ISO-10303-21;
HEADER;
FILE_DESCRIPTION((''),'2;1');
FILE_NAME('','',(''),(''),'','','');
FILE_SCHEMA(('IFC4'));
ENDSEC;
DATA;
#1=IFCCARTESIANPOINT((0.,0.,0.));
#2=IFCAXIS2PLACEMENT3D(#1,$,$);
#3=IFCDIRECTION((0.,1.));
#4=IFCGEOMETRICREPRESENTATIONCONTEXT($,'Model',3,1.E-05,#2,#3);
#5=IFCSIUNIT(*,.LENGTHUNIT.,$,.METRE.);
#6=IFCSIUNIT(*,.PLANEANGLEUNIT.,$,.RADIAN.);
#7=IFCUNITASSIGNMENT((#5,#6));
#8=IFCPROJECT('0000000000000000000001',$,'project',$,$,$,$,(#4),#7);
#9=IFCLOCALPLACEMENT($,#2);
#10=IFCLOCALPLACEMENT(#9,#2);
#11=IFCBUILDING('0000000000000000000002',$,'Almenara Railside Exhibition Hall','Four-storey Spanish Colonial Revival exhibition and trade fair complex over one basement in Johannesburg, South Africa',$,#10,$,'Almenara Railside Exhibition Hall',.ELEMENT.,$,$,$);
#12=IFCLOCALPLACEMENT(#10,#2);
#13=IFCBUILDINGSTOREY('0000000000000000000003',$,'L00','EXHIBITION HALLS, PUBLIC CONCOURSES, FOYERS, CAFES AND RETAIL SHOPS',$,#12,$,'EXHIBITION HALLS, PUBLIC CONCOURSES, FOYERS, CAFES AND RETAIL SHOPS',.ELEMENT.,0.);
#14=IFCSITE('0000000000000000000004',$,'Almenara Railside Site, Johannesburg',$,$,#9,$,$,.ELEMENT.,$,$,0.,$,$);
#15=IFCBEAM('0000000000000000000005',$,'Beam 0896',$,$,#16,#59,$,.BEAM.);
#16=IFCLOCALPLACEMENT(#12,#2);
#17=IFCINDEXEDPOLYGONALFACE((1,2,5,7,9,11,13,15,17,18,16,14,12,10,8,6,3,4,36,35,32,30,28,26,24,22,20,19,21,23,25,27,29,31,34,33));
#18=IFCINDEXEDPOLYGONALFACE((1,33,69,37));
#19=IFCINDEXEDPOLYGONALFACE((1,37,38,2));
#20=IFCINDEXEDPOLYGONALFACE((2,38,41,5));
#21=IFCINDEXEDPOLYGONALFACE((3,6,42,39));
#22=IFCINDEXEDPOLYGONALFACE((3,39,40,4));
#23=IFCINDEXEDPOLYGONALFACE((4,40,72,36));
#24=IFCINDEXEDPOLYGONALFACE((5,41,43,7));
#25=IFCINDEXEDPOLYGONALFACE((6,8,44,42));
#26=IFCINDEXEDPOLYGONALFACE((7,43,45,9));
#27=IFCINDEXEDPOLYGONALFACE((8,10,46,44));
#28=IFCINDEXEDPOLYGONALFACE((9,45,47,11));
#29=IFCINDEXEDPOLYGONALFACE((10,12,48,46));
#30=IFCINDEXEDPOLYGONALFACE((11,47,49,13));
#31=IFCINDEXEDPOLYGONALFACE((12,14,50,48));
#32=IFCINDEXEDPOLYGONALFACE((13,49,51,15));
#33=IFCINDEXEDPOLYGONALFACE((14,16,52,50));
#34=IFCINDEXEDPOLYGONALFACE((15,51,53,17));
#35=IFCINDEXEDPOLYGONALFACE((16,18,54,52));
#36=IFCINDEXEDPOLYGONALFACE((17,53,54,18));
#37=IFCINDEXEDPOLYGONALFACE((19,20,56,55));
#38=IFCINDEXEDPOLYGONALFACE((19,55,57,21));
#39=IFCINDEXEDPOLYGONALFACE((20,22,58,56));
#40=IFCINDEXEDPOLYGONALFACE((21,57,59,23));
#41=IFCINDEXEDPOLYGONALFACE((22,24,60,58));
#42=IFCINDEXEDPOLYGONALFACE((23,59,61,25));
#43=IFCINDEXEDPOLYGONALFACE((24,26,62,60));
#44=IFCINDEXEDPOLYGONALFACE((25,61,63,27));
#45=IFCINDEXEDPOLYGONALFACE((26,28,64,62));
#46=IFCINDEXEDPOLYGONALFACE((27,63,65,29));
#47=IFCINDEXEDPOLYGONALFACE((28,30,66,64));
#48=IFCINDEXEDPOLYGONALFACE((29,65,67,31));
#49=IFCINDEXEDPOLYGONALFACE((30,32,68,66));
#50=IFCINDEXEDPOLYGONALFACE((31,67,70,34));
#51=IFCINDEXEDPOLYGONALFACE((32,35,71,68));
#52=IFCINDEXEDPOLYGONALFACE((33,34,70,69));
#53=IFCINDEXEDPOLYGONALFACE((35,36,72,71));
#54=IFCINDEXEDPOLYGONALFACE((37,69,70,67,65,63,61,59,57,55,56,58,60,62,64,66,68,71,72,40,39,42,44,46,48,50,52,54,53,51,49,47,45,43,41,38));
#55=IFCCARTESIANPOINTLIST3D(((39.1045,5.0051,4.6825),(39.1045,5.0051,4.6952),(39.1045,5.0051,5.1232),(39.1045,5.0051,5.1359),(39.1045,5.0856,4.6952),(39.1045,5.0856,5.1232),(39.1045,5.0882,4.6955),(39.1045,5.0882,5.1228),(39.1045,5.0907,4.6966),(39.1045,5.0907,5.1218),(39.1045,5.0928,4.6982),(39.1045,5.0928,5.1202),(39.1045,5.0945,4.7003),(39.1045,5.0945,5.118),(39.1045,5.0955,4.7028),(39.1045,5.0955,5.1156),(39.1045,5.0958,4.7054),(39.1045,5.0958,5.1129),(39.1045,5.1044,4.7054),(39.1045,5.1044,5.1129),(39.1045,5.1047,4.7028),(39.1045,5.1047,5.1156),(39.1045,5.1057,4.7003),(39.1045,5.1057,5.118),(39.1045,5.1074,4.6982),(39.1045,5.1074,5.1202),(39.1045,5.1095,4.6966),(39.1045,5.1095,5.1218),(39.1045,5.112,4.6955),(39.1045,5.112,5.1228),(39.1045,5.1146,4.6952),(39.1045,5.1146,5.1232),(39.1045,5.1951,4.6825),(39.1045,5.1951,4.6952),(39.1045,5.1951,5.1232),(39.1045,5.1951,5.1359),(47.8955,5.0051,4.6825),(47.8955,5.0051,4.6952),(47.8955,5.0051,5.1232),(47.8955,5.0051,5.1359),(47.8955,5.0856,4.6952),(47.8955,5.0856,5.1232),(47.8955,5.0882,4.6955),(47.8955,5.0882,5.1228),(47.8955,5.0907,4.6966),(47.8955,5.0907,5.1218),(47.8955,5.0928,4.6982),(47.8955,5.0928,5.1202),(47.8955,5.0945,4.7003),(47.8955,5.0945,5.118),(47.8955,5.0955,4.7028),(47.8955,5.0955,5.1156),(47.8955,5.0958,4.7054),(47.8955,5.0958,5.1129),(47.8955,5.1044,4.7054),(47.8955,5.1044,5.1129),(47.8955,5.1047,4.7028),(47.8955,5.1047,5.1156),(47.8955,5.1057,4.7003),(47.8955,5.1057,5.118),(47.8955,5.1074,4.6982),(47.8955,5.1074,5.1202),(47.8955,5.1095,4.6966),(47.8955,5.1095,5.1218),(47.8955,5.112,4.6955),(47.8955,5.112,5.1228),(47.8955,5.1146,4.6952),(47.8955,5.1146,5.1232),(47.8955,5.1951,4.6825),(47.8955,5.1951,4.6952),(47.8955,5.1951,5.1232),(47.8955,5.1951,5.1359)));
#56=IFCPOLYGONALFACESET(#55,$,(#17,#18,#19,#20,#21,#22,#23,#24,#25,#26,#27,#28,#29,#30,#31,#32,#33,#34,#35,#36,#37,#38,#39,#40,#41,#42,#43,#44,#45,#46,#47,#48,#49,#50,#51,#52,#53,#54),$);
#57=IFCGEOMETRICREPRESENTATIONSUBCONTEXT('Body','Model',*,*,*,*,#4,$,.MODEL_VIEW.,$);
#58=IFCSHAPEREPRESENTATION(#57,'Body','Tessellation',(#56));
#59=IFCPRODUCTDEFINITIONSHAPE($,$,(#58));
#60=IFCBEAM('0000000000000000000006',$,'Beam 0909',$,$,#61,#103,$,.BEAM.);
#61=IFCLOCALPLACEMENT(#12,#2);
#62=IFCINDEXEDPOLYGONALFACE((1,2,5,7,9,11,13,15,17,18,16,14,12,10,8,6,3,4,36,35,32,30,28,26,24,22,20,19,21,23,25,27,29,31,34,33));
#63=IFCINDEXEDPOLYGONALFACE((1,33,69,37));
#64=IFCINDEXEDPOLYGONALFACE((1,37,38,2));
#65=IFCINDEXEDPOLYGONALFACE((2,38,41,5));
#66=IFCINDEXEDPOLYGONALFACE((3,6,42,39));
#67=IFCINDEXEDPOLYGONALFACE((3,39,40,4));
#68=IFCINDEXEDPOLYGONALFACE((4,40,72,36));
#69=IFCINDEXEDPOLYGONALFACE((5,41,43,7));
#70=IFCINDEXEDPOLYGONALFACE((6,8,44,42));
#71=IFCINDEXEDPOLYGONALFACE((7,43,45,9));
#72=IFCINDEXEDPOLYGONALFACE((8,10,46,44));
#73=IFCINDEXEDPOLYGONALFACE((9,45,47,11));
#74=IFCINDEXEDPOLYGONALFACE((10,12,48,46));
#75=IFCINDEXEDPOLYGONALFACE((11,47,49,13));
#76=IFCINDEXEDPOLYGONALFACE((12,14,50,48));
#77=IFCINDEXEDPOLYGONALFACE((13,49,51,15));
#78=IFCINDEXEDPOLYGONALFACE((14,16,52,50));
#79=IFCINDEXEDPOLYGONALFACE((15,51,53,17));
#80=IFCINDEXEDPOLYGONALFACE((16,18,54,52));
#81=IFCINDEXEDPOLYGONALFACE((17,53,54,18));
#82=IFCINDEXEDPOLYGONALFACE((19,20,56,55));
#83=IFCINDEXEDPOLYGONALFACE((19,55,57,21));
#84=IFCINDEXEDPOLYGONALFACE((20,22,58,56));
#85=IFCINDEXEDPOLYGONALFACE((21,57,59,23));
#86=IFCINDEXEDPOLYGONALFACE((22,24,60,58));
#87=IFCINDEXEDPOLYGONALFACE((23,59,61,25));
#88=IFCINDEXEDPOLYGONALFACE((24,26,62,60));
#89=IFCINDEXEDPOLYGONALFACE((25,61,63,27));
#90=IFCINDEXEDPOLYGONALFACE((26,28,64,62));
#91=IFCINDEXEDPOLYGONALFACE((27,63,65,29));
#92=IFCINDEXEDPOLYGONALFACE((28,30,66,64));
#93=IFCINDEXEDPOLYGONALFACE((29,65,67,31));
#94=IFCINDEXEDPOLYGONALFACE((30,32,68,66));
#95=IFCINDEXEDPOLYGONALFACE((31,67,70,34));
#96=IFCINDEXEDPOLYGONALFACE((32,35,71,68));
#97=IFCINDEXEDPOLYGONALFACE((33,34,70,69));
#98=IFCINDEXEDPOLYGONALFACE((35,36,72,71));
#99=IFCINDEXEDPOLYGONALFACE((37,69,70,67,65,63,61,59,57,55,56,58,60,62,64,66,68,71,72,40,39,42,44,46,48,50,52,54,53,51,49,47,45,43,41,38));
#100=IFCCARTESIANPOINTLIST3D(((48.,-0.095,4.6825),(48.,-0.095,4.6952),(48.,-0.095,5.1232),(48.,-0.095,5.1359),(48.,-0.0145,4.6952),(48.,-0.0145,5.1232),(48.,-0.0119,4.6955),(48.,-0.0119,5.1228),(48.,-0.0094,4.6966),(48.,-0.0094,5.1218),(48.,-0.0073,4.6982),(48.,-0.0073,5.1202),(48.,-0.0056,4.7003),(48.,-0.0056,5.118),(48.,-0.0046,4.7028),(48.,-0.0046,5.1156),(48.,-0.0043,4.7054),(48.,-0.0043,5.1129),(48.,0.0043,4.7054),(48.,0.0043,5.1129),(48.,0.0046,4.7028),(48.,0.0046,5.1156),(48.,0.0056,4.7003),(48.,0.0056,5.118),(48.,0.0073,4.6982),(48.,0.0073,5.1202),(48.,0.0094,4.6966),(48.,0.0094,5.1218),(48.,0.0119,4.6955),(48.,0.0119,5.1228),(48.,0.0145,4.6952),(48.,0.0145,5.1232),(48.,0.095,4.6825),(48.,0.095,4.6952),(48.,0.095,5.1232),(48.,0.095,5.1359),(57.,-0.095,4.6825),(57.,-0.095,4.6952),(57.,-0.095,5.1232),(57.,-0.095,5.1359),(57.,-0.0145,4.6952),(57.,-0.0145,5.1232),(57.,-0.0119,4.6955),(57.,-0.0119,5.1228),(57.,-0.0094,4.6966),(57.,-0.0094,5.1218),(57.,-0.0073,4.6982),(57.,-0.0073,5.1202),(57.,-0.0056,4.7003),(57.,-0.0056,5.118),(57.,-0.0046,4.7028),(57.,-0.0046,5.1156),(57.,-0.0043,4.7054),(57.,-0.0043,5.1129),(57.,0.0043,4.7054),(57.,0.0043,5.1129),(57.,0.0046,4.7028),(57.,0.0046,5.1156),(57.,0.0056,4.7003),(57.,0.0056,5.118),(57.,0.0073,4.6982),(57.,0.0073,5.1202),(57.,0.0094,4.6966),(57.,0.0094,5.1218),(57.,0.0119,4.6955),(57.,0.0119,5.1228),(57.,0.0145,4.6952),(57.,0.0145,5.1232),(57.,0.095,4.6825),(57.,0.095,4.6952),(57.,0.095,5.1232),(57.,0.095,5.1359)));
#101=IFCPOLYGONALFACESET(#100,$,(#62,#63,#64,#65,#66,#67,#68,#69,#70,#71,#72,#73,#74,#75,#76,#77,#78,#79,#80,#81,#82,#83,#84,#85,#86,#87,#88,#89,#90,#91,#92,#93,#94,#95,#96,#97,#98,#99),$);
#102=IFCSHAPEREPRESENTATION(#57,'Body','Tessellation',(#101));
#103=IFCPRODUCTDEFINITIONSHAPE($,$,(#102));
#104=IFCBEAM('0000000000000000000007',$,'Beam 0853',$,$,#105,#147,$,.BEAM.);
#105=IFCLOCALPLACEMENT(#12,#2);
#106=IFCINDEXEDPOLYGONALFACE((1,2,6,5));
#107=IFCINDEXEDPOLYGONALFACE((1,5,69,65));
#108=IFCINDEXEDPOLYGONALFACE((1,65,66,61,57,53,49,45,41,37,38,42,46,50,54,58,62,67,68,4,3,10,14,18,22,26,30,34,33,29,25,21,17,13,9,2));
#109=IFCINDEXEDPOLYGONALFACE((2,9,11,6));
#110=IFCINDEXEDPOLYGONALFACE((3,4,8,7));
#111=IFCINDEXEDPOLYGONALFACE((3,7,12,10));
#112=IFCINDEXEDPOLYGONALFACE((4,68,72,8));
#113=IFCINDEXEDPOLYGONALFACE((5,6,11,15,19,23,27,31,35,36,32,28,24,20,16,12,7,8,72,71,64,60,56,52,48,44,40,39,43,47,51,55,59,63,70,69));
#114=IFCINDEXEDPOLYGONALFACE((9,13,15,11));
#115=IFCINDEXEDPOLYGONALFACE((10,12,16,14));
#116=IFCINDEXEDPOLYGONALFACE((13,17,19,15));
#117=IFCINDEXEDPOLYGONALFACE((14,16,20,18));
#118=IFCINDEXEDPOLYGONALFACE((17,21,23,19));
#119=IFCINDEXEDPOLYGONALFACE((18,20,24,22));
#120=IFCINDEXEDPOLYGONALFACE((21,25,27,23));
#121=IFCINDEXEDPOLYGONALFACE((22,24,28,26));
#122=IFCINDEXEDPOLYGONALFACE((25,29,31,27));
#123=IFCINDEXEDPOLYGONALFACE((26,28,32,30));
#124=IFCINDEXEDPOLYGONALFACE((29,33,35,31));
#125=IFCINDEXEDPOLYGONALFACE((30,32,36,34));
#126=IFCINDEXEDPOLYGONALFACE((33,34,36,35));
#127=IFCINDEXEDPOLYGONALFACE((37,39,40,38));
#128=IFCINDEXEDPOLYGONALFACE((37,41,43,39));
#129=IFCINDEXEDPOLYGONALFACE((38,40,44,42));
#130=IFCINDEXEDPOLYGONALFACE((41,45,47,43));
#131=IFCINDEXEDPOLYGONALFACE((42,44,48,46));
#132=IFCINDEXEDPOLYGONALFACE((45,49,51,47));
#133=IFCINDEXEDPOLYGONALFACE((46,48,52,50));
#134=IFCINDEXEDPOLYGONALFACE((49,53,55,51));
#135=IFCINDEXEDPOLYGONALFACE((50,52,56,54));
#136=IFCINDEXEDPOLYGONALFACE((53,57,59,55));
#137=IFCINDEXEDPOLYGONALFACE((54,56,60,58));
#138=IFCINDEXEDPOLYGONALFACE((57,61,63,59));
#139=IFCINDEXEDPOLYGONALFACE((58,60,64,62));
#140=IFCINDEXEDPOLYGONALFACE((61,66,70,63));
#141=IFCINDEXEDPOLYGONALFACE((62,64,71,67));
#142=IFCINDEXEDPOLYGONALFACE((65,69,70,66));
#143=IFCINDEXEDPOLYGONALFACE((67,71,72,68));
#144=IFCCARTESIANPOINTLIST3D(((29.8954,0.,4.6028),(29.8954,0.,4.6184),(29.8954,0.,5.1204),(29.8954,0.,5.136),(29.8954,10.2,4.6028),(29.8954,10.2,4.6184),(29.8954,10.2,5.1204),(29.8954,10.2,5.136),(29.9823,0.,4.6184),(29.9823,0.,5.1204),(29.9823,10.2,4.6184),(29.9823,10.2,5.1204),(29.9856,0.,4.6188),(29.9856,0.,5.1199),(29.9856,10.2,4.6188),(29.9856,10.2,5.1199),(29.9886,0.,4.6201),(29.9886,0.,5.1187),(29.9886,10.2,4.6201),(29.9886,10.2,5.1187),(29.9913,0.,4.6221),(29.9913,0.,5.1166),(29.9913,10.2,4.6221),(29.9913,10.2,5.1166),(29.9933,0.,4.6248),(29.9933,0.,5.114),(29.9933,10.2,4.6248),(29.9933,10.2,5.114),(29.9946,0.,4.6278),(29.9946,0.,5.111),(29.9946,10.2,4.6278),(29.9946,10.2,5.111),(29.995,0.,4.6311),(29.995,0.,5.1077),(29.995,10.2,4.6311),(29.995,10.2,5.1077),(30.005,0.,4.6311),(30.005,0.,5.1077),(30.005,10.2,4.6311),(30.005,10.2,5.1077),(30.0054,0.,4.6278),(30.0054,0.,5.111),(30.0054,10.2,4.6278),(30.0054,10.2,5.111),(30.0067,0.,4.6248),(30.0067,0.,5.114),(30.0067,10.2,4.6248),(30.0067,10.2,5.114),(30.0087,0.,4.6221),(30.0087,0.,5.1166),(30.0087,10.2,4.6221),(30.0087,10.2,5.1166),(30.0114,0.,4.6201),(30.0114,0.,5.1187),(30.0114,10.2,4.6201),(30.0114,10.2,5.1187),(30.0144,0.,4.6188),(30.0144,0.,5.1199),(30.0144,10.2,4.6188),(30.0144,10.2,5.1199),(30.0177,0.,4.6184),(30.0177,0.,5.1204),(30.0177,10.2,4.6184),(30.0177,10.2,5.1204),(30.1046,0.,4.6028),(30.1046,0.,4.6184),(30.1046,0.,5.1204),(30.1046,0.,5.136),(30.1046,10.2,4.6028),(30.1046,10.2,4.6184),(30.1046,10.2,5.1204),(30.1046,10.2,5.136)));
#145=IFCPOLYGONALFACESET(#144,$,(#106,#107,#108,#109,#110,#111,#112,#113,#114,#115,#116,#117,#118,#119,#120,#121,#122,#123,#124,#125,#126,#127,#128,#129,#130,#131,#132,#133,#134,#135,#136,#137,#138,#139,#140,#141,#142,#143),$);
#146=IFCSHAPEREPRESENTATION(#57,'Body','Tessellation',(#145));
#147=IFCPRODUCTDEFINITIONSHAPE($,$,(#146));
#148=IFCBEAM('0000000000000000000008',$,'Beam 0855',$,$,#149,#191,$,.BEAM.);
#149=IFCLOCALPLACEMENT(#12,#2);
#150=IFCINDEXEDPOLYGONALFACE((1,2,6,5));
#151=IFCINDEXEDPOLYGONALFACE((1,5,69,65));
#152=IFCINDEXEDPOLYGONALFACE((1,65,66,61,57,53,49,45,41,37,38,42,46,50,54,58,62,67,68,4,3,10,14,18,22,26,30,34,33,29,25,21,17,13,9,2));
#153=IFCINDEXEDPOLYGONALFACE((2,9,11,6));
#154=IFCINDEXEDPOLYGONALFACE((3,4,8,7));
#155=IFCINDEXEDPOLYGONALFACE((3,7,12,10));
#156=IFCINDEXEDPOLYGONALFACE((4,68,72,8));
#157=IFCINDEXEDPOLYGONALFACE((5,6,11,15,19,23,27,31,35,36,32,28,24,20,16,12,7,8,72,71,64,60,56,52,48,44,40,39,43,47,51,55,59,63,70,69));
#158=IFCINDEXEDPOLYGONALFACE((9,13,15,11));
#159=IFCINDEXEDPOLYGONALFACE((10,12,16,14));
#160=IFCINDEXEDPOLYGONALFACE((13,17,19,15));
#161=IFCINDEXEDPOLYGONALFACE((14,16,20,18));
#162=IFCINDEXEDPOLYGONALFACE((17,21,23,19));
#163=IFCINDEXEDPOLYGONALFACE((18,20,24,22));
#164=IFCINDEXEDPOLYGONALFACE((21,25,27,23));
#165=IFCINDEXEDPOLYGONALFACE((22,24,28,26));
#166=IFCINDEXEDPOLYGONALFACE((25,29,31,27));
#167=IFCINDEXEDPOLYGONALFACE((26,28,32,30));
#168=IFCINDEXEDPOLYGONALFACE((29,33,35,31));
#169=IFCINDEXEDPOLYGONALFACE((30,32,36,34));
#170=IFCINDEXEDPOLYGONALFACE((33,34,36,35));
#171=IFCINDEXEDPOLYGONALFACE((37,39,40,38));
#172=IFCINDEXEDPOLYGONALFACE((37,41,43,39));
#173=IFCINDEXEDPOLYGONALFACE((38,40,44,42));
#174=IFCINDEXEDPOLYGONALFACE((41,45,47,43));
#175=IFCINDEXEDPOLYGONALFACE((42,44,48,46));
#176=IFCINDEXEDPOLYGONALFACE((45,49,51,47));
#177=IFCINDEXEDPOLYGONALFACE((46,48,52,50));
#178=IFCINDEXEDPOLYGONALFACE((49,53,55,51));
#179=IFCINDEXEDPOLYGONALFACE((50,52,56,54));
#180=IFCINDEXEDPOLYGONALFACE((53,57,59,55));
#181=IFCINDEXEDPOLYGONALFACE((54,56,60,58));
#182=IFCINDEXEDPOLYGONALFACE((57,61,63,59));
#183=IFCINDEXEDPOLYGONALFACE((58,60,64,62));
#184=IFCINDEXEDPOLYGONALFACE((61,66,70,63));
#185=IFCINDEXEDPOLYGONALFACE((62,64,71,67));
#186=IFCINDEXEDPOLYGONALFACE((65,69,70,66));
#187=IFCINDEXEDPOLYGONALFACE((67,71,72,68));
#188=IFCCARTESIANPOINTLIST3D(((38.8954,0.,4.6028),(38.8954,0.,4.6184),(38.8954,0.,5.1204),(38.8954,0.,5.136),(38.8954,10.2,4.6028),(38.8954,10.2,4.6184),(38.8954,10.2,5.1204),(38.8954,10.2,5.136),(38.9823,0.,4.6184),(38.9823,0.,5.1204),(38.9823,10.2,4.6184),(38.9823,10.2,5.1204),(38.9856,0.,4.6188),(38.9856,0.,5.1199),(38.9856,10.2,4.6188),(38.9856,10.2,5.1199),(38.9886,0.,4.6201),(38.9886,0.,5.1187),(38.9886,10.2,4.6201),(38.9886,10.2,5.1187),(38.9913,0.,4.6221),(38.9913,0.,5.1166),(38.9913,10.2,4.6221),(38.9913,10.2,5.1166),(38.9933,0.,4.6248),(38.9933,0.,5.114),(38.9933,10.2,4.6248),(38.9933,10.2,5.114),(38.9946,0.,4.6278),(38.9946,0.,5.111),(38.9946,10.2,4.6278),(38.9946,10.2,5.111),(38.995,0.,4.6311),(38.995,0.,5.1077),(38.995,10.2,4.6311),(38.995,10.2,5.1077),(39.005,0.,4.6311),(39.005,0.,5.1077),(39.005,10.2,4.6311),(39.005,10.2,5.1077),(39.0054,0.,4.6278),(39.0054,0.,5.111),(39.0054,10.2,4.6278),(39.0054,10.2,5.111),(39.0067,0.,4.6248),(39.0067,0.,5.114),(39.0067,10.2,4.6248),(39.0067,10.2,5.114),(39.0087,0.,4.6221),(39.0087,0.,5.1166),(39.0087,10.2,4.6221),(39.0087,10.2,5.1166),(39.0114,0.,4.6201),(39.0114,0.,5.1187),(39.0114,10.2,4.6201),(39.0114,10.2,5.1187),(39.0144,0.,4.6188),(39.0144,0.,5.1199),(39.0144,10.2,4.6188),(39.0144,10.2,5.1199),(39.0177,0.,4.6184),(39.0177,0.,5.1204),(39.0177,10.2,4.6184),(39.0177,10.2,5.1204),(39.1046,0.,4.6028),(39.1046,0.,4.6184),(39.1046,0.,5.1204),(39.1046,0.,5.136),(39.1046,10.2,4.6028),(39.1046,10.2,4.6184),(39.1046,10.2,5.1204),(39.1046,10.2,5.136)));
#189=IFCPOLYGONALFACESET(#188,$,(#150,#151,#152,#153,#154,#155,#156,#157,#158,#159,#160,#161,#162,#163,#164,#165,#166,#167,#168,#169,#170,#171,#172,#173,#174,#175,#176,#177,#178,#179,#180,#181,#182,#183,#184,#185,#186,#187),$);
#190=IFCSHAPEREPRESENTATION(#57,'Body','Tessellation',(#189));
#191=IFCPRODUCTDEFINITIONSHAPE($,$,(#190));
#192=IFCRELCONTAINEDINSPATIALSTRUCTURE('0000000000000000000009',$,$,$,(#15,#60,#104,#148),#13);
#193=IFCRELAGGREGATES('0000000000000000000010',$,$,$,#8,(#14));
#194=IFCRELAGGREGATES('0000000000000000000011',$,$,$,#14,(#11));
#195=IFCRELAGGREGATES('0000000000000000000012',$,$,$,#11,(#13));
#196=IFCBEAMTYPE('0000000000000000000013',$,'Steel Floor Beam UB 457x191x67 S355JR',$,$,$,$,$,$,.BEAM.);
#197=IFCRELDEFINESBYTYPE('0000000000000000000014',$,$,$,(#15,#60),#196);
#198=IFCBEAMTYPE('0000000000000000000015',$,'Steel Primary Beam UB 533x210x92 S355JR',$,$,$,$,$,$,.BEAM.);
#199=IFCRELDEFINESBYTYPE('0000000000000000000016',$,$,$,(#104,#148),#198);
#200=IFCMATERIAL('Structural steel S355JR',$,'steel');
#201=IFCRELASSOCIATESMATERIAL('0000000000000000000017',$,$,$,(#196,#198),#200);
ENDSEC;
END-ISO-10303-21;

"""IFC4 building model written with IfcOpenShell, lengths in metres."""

from ifc_helpers import new_model, si_unit, direction, frame, origin, origin_2d, place, context, subcontext, project, spatial, i_section, extrude, material, material_profile, profile_set, type_object, element, save


model = new_model("IFC4")

# Units and contexts
model_context = context("Model", 3, precision=1e-05, world=origin(), true_north=direction((0.0, 1.0)))
body_context = subcontext(model_context, "Body", "Model", "MODEL_VIEW")
ifc_project = project(units=[si_unit("LENGTHUNIT", "METRE"), si_unit("PLANEANGLEUNIT", "RADIAN")], contexts=[model_context])

# Site, building, storey
site_placement = place(None, origin())
site = spatial("IfcSite", under=ifc_project, at=site_placement, Name="Almenara Railside Site, Johannesburg", CompositionType="ELEMENT", RefElevation=0.0)
building_placement = place(site_placement, origin())
building = spatial("IfcBuilding", under=site, at=building_placement, Name="Almenara Railside Exhibition Hall", Description="Four-storey Spanish Colonial Revival exhibition and trade fair complex over one basement in Johannesburg, South Africa", LongName="Almenara Railside Exhibition Hall", CompositionType="ELEMENT")
storey_placement = place(building_placement, origin())
storey = spatial("IfcBuildingStorey", under=building, at=storey_placement, Name="L00", Description="EXHIBITION HALLS, PUBLIC CONCOURSES, FOYERS, CAFES AND RETAIL SHOPS", LongName="EXHIBITION HALLS, PUBLIC CONCOURSES, FOYERS, CAFES AND RETAIL SHOPS", CompositionType="ELEMENT", Elevation=0.0)

# Beams
ifc_material_1 = material(Name="Structural steel S355JR", Category="steel")
ifc_material_profile_1 = material_profile(ifc_material_1, i_section(OverallWidth=0.1899, OverallDepth=0.4534, WebThickness=0.0085, FlangeThickness=0.0127, FilletRadius=0.0103, at=origin_2d()), Name="UB 457x191x67")
ifc_profile_set_1 = profile_set([ifc_material_profile_1], Name="Structural steel S355JR")
beam_type_1 = type_object("IfcBeamType", Name="Steel Floor Beam UB 457x191x67 S355JR", PredefinedType="BEAM", material=ifc_profile_set_1)
beam_1_placement = place(storey_placement, frame((39.1045, 5.1001, 4.9092), z_axis=(1.0, 0.0, 0.0), x_axis=(0.0, 1.0, 0.0)))
element("IfcBeam", 1, at=beam_1_placement, inside=storey, type_object=beam_type_1, Name="Beam 0896", PredefinedType="BEAM", context=body_context, shape_type="SweptSolid", body=[
    extrude(i_section(OverallWidth=0.1899, OverallDepth=0.4534, WebThickness=0.0085, FlangeThickness=0.0127, FilletRadius=0.0103, at=origin_2d()), origin(), (0.0, 0.0, 1.0), 8.791),
])
beam_2_placement = place(storey_placement, frame((48.0, 0.0, 4.9092), z_axis=(1.0, 0.0, 0.0), x_axis=(0.0, 1.0, 0.0)))
element("IfcBeam", 2, at=beam_2_placement, inside=storey, type_object=beam_type_1, Name="Beam 0909", PredefinedType="BEAM", context=body_context, shape_type="SweptSolid", body=[
    extrude(i_section(OverallWidth=0.1899, OverallDepth=0.4534, WebThickness=0.0085, FlangeThickness=0.0127, FilletRadius=0.0103, at=origin_2d()), origin(), (0.0, 0.0, 1.0), 9.0),
])
ifc_material_profile_2 = material_profile(ifc_material_1, i_section(OverallWidth=0.2092, OverallDepth=0.5332, WebThickness=0.01, FlangeThickness=0.0156, FilletRadius=0.0127, at=origin_2d()), Name="UB 533x210x92")
ifc_profile_set_2 = profile_set([ifc_material_profile_2], Name="Structural steel S355JR")
beam_type_2 = type_object("IfcBeamType", Name="Steel Primary Beam UB 533x210x92 S355JR", PredefinedType="BEAM", material=ifc_profile_set_2)
for number, where, z_axis, x_axis, name in (
    (3, (30.0, 0.0, 4.8694), (0.0, 1.0, 0.0), (-1.0, 0.0, 0.0), "Beam 0853"),
    (4, (39.0, 0.0, 4.8694), (0.0, 1.0, 0.0), (-1.0, 0.0, 0.0), "Beam 0855"),
):
    element("IfcBeam", number, at=place(storey_placement, frame(where, z_axis=z_axis, x_axis=x_axis)), inside=storey, type_object=beam_type_2, Name=name, PredefinedType="BEAM", context=body_context, shape_type="SweptSolid", body=[
        extrude(i_section(OverallWidth=0.2092, OverallDepth=0.5332, WebThickness=0.01, FlangeThickness=0.0156, FilletRadius=0.0127, at=origin_2d()), origin(), (0.0, 0.0, 1.0), 10.2),
    ])

save(model, "model.ifc")
